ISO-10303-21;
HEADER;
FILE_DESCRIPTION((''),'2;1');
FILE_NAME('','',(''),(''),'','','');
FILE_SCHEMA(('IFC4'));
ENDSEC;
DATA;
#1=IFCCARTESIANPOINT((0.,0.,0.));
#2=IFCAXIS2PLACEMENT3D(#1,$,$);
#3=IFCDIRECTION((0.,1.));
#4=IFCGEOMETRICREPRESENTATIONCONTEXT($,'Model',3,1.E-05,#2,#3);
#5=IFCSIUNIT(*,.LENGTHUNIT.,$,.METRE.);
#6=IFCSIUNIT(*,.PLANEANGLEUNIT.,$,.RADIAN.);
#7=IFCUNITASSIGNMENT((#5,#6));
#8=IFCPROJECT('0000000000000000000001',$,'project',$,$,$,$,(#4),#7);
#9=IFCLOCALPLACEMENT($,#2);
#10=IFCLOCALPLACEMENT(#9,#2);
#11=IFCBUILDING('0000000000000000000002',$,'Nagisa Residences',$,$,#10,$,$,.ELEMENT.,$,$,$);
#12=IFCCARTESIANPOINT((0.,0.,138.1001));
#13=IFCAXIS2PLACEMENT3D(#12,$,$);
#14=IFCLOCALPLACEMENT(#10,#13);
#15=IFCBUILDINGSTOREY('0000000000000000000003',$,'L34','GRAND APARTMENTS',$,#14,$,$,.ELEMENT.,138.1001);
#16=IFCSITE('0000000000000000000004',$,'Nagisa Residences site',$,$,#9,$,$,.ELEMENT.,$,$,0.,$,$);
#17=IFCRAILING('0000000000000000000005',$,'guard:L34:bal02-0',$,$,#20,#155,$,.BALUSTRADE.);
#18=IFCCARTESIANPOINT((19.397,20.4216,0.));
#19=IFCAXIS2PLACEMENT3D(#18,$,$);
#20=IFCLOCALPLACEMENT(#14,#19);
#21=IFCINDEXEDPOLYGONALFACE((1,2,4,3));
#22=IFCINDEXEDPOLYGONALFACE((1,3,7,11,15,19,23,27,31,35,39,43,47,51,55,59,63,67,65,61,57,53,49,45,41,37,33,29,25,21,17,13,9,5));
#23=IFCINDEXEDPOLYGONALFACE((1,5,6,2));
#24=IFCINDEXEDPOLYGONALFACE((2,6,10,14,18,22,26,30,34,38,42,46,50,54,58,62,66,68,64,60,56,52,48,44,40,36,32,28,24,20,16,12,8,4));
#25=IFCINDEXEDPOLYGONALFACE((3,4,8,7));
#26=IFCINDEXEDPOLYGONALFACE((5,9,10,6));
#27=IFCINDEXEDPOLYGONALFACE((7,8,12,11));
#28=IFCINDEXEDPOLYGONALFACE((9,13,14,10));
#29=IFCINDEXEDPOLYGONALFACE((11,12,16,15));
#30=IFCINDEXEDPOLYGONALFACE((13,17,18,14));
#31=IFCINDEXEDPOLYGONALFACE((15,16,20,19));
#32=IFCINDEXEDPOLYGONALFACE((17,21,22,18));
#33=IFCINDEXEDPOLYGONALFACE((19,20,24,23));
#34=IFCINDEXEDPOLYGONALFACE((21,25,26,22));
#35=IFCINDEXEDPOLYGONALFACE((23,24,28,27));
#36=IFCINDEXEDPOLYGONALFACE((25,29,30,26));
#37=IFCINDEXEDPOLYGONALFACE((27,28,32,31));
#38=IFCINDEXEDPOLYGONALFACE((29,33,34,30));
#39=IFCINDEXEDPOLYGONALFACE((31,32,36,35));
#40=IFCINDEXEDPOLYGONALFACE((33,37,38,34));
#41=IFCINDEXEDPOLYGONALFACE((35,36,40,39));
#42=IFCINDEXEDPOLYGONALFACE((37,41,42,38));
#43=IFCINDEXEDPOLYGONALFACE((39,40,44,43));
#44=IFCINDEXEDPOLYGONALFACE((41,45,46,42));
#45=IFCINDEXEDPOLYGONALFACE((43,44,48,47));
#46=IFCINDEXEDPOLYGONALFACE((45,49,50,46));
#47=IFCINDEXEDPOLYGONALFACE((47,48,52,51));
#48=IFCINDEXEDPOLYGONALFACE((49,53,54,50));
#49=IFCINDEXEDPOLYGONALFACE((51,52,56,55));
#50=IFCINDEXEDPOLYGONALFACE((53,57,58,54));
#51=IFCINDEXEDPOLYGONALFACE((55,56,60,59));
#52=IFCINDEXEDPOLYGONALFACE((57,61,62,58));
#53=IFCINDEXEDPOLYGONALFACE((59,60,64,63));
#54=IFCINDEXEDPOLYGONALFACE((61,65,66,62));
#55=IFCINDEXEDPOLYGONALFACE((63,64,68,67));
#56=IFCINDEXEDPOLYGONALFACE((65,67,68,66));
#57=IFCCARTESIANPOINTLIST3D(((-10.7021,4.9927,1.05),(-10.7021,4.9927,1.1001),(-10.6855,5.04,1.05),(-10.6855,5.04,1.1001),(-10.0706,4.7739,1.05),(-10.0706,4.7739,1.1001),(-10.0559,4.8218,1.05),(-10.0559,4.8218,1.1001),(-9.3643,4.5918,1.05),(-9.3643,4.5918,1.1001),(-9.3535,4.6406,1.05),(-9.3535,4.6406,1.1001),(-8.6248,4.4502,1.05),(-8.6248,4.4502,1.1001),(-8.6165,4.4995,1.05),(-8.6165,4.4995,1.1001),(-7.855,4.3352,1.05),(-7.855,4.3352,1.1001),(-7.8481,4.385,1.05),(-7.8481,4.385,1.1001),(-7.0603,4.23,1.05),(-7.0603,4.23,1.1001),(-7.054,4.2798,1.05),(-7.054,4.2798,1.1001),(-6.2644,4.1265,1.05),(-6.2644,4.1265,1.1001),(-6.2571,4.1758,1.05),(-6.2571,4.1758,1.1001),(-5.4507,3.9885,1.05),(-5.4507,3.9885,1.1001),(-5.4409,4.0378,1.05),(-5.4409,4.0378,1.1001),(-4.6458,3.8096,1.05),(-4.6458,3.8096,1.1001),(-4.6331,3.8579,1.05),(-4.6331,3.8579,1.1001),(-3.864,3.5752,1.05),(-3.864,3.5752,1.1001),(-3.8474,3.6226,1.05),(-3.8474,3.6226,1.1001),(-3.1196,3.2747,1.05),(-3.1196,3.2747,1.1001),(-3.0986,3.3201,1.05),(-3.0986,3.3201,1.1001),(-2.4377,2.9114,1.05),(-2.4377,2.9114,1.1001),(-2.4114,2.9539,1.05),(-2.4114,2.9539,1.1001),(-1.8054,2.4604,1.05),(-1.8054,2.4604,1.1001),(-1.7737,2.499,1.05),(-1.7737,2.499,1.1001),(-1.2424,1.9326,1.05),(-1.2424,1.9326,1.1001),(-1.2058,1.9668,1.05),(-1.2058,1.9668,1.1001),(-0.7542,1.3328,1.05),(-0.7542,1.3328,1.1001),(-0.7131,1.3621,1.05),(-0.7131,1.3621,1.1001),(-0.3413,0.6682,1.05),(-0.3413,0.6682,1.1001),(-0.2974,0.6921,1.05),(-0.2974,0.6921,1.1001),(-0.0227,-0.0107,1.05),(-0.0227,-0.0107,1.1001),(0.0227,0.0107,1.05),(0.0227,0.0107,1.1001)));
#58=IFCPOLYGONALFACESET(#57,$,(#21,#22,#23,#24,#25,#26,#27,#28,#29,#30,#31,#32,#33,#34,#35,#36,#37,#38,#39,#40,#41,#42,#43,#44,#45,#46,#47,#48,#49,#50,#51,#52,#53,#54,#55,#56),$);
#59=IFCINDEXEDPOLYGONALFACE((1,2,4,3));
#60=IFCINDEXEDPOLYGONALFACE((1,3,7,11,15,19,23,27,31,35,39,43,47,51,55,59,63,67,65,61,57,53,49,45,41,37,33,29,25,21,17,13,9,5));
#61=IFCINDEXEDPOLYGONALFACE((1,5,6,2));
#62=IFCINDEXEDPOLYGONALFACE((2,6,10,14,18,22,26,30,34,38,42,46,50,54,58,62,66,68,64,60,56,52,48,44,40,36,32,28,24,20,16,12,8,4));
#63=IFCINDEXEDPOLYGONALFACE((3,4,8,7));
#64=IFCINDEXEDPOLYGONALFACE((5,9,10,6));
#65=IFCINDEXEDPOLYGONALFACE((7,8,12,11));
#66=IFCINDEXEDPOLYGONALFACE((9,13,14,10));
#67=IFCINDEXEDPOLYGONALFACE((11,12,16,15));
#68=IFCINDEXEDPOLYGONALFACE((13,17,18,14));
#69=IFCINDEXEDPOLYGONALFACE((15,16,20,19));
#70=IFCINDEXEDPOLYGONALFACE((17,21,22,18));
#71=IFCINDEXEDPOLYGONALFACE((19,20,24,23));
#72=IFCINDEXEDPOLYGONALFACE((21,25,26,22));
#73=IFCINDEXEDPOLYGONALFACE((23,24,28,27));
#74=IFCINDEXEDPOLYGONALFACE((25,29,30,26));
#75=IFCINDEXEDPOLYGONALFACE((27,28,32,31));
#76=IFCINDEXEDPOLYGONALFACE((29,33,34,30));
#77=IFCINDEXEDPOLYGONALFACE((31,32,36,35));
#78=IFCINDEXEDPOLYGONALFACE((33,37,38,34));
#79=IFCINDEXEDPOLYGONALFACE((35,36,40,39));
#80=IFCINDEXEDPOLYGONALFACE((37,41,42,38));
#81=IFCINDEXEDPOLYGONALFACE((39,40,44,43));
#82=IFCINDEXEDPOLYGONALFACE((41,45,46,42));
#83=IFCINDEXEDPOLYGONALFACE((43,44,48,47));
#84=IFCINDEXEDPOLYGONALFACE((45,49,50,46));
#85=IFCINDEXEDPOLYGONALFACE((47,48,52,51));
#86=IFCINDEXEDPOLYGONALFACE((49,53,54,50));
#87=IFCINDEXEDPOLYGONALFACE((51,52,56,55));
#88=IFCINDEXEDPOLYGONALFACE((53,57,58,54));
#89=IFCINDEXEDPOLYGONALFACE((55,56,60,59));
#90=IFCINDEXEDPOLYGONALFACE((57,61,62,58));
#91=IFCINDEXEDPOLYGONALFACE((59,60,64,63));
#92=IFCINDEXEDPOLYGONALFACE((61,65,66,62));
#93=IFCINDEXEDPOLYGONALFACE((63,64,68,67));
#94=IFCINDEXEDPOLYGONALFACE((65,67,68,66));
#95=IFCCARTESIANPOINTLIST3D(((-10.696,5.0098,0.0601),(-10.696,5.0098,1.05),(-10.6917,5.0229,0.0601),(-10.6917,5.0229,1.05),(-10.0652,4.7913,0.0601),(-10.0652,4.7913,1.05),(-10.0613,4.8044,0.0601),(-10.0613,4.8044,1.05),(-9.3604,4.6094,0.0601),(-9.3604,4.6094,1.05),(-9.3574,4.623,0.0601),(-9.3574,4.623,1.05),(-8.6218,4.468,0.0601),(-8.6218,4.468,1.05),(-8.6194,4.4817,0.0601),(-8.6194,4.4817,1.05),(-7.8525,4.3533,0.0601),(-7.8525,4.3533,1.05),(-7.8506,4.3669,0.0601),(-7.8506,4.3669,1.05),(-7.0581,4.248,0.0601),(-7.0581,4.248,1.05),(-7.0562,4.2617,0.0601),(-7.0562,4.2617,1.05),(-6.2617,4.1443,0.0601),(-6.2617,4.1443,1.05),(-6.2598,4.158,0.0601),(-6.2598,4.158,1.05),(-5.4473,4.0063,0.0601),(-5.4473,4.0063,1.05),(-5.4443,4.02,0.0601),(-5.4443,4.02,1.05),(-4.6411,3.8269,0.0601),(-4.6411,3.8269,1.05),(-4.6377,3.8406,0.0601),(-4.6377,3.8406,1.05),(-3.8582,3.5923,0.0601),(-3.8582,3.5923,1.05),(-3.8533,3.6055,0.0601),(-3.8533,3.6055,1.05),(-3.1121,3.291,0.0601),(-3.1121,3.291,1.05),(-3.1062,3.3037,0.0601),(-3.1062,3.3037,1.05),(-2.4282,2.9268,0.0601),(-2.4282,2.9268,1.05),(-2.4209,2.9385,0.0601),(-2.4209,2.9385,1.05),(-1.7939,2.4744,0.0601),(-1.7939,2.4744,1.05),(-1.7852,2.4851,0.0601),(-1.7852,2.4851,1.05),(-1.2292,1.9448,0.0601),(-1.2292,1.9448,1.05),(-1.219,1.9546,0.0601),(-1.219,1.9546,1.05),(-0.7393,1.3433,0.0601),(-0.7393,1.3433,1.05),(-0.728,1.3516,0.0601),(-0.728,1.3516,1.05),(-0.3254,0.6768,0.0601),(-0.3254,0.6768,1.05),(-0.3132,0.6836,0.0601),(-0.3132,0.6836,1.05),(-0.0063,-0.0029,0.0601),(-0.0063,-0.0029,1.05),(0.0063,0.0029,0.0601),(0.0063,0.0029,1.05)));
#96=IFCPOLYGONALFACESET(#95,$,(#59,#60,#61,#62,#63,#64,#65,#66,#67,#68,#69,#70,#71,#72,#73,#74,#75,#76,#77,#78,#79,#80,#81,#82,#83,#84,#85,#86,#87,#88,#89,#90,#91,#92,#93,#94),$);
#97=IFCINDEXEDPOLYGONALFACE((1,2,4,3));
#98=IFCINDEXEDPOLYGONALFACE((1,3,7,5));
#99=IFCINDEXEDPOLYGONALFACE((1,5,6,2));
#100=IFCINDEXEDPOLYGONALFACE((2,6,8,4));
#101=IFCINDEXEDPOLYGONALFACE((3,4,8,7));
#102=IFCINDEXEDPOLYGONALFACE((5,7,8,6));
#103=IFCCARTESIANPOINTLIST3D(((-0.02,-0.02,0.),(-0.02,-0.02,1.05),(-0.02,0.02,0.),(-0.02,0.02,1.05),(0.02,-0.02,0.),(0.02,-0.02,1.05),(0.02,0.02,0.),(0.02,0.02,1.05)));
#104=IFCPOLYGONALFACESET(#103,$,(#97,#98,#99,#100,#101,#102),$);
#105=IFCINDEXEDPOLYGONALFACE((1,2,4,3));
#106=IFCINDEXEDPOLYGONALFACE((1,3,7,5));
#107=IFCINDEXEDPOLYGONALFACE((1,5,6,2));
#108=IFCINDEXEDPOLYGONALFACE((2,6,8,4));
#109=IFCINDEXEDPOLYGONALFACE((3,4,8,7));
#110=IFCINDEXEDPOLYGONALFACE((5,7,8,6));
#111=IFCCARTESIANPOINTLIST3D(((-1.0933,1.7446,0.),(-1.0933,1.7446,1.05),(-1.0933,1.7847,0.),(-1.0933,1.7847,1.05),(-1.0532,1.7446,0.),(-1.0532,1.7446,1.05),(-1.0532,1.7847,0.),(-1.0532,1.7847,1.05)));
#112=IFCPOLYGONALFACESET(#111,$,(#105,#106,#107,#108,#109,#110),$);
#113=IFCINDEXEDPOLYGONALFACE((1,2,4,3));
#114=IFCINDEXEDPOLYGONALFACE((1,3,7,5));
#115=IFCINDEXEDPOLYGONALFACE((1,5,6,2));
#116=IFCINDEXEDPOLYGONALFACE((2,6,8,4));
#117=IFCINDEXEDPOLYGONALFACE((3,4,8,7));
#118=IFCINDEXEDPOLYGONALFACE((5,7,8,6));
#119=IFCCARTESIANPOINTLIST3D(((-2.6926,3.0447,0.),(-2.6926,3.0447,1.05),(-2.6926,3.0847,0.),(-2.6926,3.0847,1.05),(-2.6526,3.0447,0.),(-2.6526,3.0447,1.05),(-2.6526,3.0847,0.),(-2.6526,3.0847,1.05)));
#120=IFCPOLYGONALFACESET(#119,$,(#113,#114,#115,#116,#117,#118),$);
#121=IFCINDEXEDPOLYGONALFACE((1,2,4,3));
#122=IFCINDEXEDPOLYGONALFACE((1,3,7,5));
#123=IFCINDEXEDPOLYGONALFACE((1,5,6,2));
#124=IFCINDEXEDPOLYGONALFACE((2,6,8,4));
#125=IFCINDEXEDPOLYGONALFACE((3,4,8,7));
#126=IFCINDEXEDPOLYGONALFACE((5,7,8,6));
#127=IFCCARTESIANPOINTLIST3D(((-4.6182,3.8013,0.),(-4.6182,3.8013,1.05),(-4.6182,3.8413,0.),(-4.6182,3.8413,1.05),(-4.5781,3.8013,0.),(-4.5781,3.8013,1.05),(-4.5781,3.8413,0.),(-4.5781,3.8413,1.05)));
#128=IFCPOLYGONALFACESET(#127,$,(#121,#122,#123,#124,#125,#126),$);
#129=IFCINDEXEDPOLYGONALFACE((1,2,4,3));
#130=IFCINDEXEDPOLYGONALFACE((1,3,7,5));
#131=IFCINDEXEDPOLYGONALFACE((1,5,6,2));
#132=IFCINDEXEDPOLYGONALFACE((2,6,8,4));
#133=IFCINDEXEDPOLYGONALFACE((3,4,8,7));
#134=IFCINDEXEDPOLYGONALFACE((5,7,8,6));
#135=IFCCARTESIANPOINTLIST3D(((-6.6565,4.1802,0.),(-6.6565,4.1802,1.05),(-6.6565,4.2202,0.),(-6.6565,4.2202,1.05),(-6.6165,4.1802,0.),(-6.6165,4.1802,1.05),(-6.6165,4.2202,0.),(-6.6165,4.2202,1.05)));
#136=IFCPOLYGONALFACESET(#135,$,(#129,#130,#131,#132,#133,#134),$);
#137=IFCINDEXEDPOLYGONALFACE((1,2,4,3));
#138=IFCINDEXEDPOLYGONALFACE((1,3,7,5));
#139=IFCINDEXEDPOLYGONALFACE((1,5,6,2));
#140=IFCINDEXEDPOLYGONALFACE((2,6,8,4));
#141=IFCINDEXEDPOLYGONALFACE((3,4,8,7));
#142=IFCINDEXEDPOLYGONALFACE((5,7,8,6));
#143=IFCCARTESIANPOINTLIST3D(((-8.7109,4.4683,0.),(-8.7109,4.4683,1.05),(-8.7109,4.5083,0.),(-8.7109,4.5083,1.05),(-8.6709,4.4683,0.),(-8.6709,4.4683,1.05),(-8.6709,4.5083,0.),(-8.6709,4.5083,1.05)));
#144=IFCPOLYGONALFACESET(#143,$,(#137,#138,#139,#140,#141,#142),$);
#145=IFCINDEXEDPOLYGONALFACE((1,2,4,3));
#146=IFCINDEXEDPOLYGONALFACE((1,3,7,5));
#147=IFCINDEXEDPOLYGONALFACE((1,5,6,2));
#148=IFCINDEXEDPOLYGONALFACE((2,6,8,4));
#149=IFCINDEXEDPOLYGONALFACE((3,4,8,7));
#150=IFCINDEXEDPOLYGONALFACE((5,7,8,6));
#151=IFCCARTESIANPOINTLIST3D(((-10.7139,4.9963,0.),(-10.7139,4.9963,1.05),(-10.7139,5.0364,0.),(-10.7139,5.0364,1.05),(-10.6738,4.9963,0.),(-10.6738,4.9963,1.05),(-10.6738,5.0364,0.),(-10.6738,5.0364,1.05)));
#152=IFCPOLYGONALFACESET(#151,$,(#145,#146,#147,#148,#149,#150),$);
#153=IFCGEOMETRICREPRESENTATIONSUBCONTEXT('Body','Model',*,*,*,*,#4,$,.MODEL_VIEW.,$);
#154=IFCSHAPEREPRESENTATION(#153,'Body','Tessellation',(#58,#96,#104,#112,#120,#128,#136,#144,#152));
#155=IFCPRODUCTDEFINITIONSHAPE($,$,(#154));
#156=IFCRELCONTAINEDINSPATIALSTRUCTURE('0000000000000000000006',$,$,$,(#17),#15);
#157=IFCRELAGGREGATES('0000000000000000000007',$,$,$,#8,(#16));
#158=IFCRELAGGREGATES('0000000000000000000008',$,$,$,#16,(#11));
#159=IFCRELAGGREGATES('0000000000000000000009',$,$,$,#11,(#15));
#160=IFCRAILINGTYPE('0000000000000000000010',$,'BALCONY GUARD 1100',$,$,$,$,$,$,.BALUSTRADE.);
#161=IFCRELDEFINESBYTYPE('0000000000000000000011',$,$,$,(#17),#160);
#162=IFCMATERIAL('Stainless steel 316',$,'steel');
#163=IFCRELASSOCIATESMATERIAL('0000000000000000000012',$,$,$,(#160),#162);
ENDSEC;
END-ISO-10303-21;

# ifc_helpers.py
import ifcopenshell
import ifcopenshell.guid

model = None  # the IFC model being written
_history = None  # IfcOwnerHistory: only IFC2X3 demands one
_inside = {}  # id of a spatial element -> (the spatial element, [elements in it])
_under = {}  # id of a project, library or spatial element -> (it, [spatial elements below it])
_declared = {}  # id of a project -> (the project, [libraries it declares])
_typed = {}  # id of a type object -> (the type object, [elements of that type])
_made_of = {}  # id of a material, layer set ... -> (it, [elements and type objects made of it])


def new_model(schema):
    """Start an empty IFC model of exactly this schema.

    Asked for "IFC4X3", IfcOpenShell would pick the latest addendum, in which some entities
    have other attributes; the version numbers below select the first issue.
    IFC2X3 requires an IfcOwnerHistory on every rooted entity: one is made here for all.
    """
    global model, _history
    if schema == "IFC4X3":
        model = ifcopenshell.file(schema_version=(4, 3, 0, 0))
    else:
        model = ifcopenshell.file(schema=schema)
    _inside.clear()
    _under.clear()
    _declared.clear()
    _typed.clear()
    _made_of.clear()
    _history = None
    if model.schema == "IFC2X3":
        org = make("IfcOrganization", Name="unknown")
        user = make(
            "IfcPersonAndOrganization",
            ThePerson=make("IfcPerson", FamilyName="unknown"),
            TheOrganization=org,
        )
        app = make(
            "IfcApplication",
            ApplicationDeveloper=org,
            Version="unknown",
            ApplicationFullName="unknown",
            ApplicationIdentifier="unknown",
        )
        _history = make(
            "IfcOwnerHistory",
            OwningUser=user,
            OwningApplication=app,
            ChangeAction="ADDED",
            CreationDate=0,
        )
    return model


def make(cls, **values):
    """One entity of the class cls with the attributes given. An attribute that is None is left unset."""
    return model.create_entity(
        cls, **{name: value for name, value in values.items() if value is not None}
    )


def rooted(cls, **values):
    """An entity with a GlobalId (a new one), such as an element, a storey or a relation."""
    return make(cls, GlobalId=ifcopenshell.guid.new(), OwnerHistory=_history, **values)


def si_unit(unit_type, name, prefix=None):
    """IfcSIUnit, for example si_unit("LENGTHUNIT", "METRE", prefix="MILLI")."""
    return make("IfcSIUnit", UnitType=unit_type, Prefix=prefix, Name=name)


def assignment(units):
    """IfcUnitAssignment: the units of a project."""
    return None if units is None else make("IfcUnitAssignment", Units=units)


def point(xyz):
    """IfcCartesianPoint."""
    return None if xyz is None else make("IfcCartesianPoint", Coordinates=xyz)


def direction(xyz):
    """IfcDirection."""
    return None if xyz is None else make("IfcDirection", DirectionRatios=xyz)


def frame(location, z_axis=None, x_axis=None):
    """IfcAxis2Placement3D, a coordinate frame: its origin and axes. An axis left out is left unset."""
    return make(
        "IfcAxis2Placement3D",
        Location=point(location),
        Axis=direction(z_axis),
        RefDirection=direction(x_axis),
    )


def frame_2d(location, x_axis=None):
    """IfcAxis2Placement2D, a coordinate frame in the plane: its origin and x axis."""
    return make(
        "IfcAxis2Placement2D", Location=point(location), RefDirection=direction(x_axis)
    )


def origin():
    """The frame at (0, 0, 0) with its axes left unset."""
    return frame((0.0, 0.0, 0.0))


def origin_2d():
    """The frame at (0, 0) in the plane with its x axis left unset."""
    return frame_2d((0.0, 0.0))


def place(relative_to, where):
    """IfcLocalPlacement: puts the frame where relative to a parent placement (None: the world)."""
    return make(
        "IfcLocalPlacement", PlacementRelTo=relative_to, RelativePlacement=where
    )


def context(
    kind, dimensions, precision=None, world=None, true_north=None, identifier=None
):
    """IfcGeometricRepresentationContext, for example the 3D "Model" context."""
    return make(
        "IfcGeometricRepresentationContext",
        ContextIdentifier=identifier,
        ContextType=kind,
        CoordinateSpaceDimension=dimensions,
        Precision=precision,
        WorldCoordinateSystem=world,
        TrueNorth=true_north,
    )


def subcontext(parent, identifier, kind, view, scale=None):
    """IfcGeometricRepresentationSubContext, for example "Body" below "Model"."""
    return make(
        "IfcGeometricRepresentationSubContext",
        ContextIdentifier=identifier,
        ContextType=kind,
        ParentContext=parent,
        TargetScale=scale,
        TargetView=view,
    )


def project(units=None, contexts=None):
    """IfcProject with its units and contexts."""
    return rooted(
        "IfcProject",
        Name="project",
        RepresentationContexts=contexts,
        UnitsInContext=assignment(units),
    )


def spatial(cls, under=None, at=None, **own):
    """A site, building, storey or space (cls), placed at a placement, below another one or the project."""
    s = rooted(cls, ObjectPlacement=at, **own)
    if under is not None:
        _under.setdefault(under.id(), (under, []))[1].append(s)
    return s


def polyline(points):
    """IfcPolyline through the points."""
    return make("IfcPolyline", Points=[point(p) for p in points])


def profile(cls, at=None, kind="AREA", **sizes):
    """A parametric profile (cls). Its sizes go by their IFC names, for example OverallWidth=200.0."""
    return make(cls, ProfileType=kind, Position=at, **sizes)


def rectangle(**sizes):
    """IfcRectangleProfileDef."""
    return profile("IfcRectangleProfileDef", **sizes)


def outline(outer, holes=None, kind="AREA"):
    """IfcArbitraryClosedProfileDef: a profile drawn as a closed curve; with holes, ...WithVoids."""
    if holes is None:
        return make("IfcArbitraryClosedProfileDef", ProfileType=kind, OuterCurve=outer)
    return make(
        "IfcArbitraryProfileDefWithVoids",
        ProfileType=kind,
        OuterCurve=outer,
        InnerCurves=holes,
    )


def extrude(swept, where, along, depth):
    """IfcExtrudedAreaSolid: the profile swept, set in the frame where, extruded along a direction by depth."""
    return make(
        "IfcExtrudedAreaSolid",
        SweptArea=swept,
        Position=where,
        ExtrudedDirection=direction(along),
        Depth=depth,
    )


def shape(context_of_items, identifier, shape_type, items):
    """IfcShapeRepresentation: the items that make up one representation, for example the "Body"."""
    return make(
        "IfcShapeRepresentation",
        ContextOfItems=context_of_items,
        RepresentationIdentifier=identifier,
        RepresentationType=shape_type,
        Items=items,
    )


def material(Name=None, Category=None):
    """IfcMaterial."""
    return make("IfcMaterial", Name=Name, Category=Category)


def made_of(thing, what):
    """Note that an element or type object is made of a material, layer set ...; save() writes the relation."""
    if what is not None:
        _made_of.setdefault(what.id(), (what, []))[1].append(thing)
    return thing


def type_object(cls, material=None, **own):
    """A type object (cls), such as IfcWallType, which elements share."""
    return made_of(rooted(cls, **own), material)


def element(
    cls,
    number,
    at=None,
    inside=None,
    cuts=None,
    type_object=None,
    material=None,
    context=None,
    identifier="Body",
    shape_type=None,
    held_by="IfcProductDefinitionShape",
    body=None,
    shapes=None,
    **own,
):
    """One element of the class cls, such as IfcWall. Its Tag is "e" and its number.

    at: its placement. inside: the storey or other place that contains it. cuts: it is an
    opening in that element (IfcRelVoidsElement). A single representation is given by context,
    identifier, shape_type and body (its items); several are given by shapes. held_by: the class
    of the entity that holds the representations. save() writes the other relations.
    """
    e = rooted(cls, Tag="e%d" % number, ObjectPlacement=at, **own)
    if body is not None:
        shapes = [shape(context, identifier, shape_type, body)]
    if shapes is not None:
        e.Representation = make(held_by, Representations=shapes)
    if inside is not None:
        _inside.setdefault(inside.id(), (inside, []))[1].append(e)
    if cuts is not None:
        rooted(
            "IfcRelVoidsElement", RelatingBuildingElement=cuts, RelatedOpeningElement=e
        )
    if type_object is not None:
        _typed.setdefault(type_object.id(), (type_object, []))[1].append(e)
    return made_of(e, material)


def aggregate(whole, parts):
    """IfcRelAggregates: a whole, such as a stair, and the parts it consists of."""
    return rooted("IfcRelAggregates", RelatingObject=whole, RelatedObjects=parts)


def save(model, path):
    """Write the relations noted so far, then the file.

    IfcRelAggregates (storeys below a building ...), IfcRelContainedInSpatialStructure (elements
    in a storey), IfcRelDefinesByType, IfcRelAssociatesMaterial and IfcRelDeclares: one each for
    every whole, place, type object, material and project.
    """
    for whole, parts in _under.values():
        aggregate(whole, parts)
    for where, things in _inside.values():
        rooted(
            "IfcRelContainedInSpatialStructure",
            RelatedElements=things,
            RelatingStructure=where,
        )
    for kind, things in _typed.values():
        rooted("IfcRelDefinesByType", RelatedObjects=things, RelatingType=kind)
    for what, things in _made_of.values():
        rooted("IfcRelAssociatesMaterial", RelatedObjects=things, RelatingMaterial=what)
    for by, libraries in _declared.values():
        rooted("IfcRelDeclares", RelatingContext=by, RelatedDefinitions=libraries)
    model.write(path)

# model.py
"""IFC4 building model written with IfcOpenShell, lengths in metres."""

from ifc_helpers import new_model, si_unit, direction, frame, origin, origin_2d, place, context, subcontext, project, spatial, polyline, rectangle, outline, extrude, material, type_object, element, save


model = new_model("IFC4")

# Units and contexts
model_context = context("Model", 3, precision=1e-05, world=origin(), true_north=direction((0.0, 1.0)))
body_context = subcontext(model_context, "Body", "Model", "MODEL_VIEW")
ifc_project = project(units=[si_unit("LENGTHUNIT", "METRE"), si_unit("PLANEANGLEUNIT", "RADIAN")], contexts=[model_context])

# Site, building, storey
site_placement = place(None, origin())
site = spatial("IfcSite", under=ifc_project, at=site_placement, Name="Nagisa Residences site", CompositionType="ELEMENT", RefElevation=0.0)
building_placement = place(site_placement, origin())
building = spatial("IfcBuilding", under=site, at=building_placement, Name="Nagisa Residences", CompositionType="ELEMENT")
storey_placement = place(building_placement, frame((0.0, 0.0, 138.1001)))
storey = spatial("IfcBuildingStorey", under=building, at=storey_placement, Name="L34", Description="GRAND APARTMENTS", CompositionType="ELEMENT", Elevation=138.1001)

# Railing
ifc_material_1 = material(Name="Stainless steel 316", Category="steel")
railing_type = type_object("IfcRailingType", Name="BALCONY GUARD 1100", PredefinedType="BALUSTRADE", material=ifc_material_1)
railing_placement = place(storey_placement, frame((19.397, 20.4216, 0.0)))
element("IfcRailing", 1, at=railing_placement, inside=storey, type_object=railing_type, Name="guard:L34:bal02-0", PredefinedType="BALUSTRADE", context=body_context, shape_type="SweptSolid", body=[
    extrude(outline(polyline([(-0.3413, 0.6682), (-0.0227, -0.0107), (0.0227, 0.0107), (-0.2974, 0.6921), (-0.7131, 1.3621), (-1.2058, 1.9668), (-1.7737, 2.499), (-2.4114, 2.9539), (-3.0986, 3.3201), (-3.8474, 3.6226), (-4.6331, 3.8579), (-5.4409, 4.0378), (-6.2571, 4.1758), (-7.054, 4.2798), (-7.8481, 4.385), (-8.6165, 4.4995), (-9.3535, 4.6406), (-10.0559, 4.8218), (-10.6855, 5.04), (-10.7021, 4.9927), (-10.0706, 4.7739), (-9.3643, 4.5918), (-8.6248, 4.4502), (-7.855, 4.3352), (-7.0603, 4.23), (-6.2644, 4.1265), (-5.4507, 3.9885), (-4.6458, 3.8096), (-3.864, 3.5752), (-3.1196, 3.2747), (-2.4377, 2.9114), (-1.8054, 2.4604), (-1.2424, 1.9326), (-0.7542, 1.3328), (-0.3413, 0.6682)])), frame((0.0, 0.0, 1.05)), (0.0, 0.0, 1.0), 0.05),
    extrude(outline(polyline([(-0.3254, 0.6768), (-0.0063, -0.0029), (0.0063, 0.0029), (-0.3132, 0.6836), (-0.728, 1.3516), (-1.219, 1.9546), (-1.7852, 2.4851), (-2.4209, 2.9385), (-3.1062, 3.3037), (-3.8533, 3.6055), (-4.6377, 3.8406), (-5.4443, 4.02), (-6.2598, 4.158), (-7.0562, 4.2617), (-7.8506, 4.3669), (-8.6194, 4.4817), (-9.3574, 4.623), (-10.0613, 4.8044), (-10.6917, 5.0229), (-10.696, 5.0098), (-10.0652, 4.7913), (-9.3604, 4.6094), (-8.6218, 4.468), (-7.8525, 4.3533), (-7.0581, 4.248), (-6.2617, 4.1443), (-5.4473, 4.0063), (-4.6411, 3.8269), (-3.8582, 3.5923), (-3.1121, 3.291), (-2.4282, 2.9268), (-1.7939, 2.4744), (-1.2292, 1.9448), (-0.7393, 1.3433), (-0.3254, 0.6768)])), frame((0.0, 0.0, 0.0601)), (0.0, 0.0, 1.0), 0.99),
    extrude(rectangle(XDim=0.04, YDim=0.04, at=origin_2d()), origin(), (0.0, 0.0, 1.0), 1.05),
    extrude(rectangle(XDim=0.04, YDim=0.04, at=origin_2d()), frame((-1.0732, 1.7646, 0.0)), (0.0, 0.0, 1.0), 1.05),
    extrude(rectangle(XDim=0.04, YDim=0.04, at=origin_2d()), frame((-2.6726, 3.0647, 0.0)), (0.0, 0.0, 1.0), 1.05),
    extrude(rectangle(XDim=0.04, YDim=0.04, at=origin_2d()), frame((-4.5981, 3.8213, 0.0)), (0.0, 0.0, 1.0), 1.05),
    extrude(rectangle(XDim=0.04, YDim=0.04, at=origin_2d()), frame((-6.6365, 4.2002, 0.0)), (0.0, 0.0, 1.0), 1.05),
    extrude(rectangle(XDim=0.04, YDim=0.04, at=origin_2d()), frame((-8.6909, 4.4883, 0.0)), (0.0, 0.0, 1.0), 1.05),
    extrude(rectangle(XDim=0.04, YDim=0.04, at=origin_2d()), frame((-10.6938, 5.0164, 0.0)), (0.0, 0.0, 1.0), 1.05),
])

save(model, "model.ifc")
